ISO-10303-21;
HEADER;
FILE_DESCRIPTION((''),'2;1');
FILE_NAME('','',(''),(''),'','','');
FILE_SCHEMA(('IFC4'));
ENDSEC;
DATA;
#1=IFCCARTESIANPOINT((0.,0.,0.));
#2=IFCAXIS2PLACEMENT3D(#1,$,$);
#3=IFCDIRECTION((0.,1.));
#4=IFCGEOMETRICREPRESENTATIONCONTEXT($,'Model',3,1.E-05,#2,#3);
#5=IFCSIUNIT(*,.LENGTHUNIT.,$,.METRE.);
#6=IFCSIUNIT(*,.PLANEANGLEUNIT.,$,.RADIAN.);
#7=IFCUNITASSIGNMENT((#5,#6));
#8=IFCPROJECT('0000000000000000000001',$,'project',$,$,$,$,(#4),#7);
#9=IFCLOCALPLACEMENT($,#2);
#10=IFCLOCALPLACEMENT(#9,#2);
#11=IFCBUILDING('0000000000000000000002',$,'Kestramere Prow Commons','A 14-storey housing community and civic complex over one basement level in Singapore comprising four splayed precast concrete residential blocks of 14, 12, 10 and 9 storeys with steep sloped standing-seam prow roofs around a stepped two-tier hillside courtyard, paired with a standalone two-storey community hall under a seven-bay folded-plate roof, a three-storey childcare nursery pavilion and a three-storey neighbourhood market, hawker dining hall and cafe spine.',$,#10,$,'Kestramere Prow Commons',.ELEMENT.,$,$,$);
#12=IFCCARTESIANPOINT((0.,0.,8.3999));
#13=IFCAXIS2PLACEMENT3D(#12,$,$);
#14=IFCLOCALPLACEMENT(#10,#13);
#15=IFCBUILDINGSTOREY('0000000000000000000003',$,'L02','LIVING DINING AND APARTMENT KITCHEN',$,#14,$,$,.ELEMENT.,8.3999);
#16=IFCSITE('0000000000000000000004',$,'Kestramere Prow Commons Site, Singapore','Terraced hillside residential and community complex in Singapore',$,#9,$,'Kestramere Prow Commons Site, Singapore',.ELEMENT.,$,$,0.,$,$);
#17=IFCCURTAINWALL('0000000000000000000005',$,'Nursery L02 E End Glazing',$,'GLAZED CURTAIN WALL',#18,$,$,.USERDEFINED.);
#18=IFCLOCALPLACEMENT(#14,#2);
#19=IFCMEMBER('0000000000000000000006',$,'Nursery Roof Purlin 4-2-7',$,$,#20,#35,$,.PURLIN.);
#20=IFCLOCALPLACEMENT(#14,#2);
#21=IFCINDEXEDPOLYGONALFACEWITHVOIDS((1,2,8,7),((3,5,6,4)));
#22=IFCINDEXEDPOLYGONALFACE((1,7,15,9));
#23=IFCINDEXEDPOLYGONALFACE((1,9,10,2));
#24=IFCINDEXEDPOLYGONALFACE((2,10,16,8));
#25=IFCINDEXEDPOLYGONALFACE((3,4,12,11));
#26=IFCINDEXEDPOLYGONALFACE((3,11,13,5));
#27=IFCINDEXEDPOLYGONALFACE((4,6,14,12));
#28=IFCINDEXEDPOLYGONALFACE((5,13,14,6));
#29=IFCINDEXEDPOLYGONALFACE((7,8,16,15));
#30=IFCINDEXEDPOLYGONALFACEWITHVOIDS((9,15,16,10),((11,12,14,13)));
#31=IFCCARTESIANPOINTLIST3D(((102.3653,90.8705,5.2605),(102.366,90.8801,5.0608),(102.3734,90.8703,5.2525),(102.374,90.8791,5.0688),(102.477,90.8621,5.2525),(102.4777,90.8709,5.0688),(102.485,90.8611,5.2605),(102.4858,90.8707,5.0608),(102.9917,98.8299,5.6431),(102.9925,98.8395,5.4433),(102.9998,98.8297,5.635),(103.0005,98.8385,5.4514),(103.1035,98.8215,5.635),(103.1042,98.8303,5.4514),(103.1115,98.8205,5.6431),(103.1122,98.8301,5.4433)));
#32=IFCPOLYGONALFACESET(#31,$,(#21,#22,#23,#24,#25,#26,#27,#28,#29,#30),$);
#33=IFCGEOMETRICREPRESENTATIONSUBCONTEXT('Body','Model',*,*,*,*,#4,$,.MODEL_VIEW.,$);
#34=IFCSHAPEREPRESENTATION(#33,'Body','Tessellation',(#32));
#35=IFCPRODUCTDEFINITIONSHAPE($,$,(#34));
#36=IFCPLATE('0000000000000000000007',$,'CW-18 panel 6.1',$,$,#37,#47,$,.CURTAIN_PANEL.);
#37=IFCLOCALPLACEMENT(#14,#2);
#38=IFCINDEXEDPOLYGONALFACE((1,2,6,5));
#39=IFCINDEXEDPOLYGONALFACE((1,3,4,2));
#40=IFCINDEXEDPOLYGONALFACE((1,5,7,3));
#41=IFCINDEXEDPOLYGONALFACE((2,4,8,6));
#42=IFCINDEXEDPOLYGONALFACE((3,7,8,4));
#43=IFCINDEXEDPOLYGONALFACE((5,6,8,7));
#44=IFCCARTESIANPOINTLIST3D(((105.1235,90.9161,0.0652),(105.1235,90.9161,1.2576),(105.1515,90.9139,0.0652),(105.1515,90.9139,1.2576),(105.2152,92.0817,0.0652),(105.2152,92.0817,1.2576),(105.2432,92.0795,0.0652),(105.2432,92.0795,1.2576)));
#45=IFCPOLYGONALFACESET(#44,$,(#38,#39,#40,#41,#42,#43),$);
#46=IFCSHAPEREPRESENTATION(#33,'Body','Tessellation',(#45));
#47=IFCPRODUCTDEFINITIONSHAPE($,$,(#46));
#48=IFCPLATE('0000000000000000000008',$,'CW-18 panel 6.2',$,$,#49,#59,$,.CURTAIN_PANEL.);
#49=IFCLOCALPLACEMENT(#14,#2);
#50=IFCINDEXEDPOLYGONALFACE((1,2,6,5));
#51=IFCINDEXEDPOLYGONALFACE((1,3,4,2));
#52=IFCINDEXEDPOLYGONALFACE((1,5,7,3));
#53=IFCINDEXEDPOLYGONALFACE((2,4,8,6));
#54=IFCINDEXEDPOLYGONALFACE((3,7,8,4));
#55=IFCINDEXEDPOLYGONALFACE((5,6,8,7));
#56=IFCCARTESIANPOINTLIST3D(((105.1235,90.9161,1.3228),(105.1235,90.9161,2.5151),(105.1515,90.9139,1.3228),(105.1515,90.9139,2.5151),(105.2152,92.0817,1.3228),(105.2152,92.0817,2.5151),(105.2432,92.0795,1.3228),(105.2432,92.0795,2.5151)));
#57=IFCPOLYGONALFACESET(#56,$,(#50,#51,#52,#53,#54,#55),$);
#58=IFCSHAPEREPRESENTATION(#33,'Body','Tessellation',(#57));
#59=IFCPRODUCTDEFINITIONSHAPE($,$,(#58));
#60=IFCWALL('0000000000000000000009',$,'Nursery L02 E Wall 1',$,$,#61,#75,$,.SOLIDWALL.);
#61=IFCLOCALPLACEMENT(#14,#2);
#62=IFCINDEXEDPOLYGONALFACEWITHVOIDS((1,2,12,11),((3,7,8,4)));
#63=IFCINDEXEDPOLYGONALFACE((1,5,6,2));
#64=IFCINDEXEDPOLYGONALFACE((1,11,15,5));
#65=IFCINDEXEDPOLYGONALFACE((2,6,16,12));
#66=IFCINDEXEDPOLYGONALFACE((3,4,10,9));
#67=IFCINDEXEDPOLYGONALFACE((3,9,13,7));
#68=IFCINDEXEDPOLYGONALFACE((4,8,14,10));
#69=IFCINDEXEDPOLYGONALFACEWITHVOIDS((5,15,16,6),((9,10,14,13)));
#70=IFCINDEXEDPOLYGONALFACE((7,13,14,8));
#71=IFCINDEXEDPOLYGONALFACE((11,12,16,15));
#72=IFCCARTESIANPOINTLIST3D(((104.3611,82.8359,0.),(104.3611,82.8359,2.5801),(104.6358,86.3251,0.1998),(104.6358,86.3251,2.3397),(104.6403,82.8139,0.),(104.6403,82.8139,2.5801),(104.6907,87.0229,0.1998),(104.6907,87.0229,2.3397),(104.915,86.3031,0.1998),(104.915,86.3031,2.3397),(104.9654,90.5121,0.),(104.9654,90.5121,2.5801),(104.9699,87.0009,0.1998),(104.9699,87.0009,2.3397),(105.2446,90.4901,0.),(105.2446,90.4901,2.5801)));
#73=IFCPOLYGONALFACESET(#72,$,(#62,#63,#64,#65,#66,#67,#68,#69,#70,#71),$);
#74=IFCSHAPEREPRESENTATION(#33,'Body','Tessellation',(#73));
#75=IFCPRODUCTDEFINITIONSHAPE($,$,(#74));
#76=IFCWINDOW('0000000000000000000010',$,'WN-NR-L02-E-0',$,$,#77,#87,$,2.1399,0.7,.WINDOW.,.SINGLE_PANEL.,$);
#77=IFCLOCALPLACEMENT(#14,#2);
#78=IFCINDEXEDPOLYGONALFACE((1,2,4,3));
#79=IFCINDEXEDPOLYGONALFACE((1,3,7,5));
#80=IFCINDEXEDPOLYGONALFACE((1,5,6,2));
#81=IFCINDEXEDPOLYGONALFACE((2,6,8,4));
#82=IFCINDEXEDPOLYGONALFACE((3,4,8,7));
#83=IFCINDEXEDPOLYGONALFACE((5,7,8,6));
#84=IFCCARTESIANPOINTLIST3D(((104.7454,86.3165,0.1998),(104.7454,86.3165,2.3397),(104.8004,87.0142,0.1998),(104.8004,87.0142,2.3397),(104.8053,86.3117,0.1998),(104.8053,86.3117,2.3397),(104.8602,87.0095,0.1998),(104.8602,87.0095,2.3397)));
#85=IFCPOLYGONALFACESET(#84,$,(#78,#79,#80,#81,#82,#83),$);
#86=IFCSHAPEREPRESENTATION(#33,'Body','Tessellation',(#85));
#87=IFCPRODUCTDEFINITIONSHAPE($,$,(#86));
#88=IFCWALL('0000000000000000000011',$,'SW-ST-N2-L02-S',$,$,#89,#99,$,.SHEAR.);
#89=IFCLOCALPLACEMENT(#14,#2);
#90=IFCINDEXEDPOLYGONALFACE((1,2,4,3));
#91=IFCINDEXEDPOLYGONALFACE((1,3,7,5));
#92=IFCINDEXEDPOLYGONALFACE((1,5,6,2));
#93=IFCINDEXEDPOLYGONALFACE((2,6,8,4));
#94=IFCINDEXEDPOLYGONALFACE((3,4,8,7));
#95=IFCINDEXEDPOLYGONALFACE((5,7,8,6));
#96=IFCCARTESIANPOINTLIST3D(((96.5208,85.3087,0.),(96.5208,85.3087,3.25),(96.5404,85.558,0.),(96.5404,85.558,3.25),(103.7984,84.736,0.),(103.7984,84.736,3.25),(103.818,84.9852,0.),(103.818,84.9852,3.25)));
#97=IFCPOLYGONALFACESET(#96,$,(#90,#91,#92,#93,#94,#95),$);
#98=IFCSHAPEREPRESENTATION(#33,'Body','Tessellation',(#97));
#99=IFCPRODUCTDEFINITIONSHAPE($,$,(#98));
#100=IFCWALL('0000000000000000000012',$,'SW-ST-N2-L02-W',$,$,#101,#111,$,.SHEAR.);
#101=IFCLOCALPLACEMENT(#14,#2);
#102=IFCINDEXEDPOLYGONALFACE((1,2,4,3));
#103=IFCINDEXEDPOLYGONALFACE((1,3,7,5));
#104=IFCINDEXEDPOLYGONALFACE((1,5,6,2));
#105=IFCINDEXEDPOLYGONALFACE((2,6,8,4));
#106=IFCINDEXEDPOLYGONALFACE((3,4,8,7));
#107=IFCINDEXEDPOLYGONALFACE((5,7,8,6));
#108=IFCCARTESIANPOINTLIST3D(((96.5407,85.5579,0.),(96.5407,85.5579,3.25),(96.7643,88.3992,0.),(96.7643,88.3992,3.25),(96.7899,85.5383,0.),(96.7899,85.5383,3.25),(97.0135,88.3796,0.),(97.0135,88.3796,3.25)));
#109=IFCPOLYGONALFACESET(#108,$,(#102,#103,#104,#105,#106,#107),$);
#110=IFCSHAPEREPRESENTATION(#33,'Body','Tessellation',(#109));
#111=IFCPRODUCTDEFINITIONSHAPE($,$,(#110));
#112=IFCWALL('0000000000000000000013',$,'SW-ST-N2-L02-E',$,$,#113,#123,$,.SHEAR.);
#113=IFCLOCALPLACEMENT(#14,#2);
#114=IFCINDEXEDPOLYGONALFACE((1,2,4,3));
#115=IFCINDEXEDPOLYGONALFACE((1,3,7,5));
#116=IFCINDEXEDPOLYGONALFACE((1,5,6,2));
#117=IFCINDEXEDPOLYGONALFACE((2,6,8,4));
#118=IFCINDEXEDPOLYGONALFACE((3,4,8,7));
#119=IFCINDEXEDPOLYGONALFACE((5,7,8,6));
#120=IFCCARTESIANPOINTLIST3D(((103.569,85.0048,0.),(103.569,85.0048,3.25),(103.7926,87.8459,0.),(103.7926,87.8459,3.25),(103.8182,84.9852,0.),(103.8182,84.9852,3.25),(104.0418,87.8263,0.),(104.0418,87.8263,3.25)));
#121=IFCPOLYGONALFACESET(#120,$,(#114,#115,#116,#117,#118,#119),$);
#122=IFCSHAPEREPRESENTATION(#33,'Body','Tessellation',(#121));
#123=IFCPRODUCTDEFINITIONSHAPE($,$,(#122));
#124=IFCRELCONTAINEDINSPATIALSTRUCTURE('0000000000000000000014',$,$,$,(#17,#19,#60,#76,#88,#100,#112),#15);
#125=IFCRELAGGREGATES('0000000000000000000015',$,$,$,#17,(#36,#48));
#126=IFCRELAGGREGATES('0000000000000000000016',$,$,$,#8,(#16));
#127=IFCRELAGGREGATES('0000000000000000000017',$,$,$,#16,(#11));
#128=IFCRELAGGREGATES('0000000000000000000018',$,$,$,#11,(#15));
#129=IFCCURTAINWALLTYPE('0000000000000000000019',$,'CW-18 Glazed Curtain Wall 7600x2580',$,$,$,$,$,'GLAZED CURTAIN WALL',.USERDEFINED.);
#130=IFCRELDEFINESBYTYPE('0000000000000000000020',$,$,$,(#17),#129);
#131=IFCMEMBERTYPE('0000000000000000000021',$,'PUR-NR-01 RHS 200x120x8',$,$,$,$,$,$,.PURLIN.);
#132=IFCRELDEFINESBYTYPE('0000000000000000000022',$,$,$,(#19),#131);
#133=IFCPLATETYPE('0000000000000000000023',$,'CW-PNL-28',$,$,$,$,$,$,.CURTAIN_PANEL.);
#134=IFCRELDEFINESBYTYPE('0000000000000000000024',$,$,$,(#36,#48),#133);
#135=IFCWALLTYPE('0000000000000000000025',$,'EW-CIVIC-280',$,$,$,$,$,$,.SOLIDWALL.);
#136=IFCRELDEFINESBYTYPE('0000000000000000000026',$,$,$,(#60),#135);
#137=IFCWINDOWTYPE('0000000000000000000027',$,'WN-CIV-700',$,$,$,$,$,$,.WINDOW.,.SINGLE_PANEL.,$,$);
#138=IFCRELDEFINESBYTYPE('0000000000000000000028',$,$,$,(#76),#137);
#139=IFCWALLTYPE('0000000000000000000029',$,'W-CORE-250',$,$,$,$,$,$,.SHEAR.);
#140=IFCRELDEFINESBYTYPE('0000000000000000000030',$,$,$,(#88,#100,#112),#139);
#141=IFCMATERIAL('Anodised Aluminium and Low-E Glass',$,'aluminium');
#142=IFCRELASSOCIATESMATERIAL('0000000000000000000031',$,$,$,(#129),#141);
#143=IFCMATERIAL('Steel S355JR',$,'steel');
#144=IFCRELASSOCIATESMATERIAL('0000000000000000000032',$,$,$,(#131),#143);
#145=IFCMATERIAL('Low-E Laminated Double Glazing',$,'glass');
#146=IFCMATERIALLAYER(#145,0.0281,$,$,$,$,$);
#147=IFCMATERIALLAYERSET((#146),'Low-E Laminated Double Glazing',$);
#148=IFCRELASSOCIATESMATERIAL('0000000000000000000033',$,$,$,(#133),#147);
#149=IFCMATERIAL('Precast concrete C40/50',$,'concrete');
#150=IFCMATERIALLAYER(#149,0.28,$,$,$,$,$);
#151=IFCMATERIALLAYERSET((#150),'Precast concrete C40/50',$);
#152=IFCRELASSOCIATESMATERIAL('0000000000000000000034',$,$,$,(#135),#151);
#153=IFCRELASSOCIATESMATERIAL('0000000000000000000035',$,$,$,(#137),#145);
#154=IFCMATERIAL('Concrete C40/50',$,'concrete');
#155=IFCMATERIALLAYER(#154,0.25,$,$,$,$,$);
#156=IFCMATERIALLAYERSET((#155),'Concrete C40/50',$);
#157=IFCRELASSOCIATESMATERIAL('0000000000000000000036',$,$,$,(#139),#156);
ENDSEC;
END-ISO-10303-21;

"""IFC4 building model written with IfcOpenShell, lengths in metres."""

from ifc_helpers import new_model, si_unit, direction, frame, frame_2d, origin, origin_2d, place, context, subcontext, project, spatial, rectangle, hollow_rectangle, extrude, material, layer, layer_set, material_profile, profile_set, type_object, element, fill, aggregate, save


model = new_model("IFC4")

# Units and contexts
model_context = context("Model", 3, precision=1e-05, world=origin(), true_north=direction((0.0, 1.0)))
body_context = subcontext(model_context, "Body", "Model", "MODEL_VIEW")
ifc_project = project(units=[si_unit("LENGTHUNIT", "METRE"), si_unit("PLANEANGLEUNIT", "RADIAN")], contexts=[model_context])

# Site, building, storey
site_placement = place(None, origin())
site = spatial("IfcSite", under=ifc_project, at=site_placement, Name="Kestramere Prow Commons Site, Singapore", Description="Terraced hillside residential and community complex in Singapore", LongName="Kestramere Prow Commons Site, Singapore", CompositionType="ELEMENT", RefElevation=0.0)
building_placement = place(site_placement, origin())
building = spatial("IfcBuilding", under=site, at=building_placement, Name="Kestramere Prow Commons", Description="A 14-storey housing community and civic complex over one basement level in Singapore comprising four splayed precast concrete residential blocks of 14, 12, 10 and 9 storeys with steep sloped standing-seam prow roofs around a stepped two-tier hillside courtyard, paired with a standalone two-storey community hall under a seven-bay folded-plate roof, a three-storey childcare nursery pavilion and a three-storey neighbourhood market, hawker dining hall and cafe spine.", LongName="Kestramere Prow Commons", CompositionType="ELEMENT")
storey_placement = place(building_placement, frame((0.0, 0.0, 8.3999)))
storey = spatial("IfcBuildingStorey", under=building, at=storey_placement, Name="L02", Description="LIVING DINING AND APARTMENT KITCHEN", CompositionType="ELEMENT", Elevation=8.3999)

# Shared definitions
ifc_material_1 = material(Name="Steel S355JR", Category="steel")

# Curtain wall
ifc_material_2 = material(Name="Anodised Aluminium and Low-E Glass", Category="aluminium")
curtain_wall_type = type_object("IfcCurtainWallType", Name="CW-18 Glazed Curtain Wall 7600x2580", ElementType="GLAZED CURTAIN WALL", PredefinedType="USERDEFINED", material=ifc_material_2)
curtain_wall_placement = place(storey_placement, origin())
curtain_wall = element("IfcCurtainWall", 1, at=curtain_wall_placement, inside=storey, type_object=curtain_wall_type, Name="Nursery L02 E End Glazing", ObjectType="GLAZED CURTAIN WALL", PredefinedType="USERDEFINED")

# Member
ifc_material_profile_1 = material_profile(ifc_material_1, hollow_rectangle(XDim=0.1201, YDim=0.2, WallThickness=0.0081, at=origin_2d()), Name="RHS 200x120x8")
ifc_profile_set_1 = profile_set([ifc_material_profile_1], Name="Steel S355JR")
member_type_1 = type_object("IfcMemberType", Name="PUR-NR-01 RHS 200x120x8", PredefinedType="PURLIN", material=ifc_profile_set_1)
for number, where, z_axis, x_axis, name in (
    (2, (102.4255, 90.8706, 5.1606), (0.078374, 0.995774, 0.047861), (-0.996917, 0.078464, 0.0), "Nursery Roof Purlin 4-2-7"),
):
    element("IfcMember", number, at=place(storey_placement, frame(where, z_axis=z_axis, x_axis=x_axis)), inside=storey, type_object=member_type_1, Name=name, PredefinedType="PURLIN", context=body_context, shape_type="SweptSolid", body=[
        extrude(hollow_rectangle(XDim=0.1201, YDim=0.2, WallThickness=0.0081, at=origin_2d()), origin(), (0.0, 0.0, 1.0), 7.9932),
    ])

# Plates
ifc_material_3 = material(Name="Low-E Laminated Double Glazing", Category="glass")
ifc_layer_1 = layer(ifc_material_3, 0.0281)
ifc_layer_set_1 = layer_set([ifc_layer_1], Name="Low-E Laminated Double Glazing")
plate_type = type_object("IfcPlateType", Name="CW-PNL-28", PredefinedType="CURTAIN_PANEL", material=ifc_layer_set_1)
plate_1_placement = place(storey_placement, frame((105.1833, 91.4978, 0.0652), z_axis=(0.0, 0.0, 1.0), x_axis=(-0.078459, -0.996917, 0.0)))
plate_1 = element("IfcPlate", 3, at=plate_1_placement, type_object=plate_type, Name="CW-18 panel 6.1", PredefinedType="CURTAIN_PANEL", context=body_context, shape_type="SweptSolid", body=[
    extrude(rectangle(XDim=1.1692, YDim=0.0281, at=origin_2d()), origin(), (0.0, 0.0, 1.0), 1.1924),
])
plate_2_placement = place(storey_placement, frame((105.1833, 91.4978, 1.3228), z_axis=(0.0, 0.0, 1.0), x_axis=(-0.078459, -0.996917, 0.0)))
plate_2 = element("IfcPlate", 4, at=plate_2_placement, type_object=plate_type, Name="CW-18 panel 6.2", PredefinedType="CURTAIN_PANEL", context=body_context, shape_type="SweptSolid", body=[
    extrude(rectangle(XDim=1.1692, YDim=0.0281, at=origin_2d()), origin(), (0.0, 0.0, 1.0), 1.1924),
])
aggregate(curtain_wall, [plate_1, plate_2])

# Wall, opening, window
ifc_material_4 = material(Name="Precast concrete C40/50", Category="concrete")
ifc_layer_2 = layer(ifc_material_4, 0.28)
ifc_layer_set_2 = layer_set([ifc_layer_2], Name="Precast concrete C40/50")
wall_type_1 = type_object("IfcWallType", Name="EW-CIVIC-280", PredefinedType="SOLIDWALL", material=ifc_layer_set_2)
wall_1_placement = place(storey_placement, frame((105.105, 90.5012, 0.0), z_axis=(0.0, 0.0, 1.0), x_axis=(-0.078474, -0.996916, 0.0)))
wall_1 = element("IfcWall", 5, at=wall_1_placement, inside=storey, type_object=wall_type_1, Name="Nursery L02 E Wall 1", PredefinedType="SOLIDWALL", context=body_context, shape_type="SweptSolid", body=[
    extrude(rectangle(XDim=7.7, YDim=0.28, at=frame_2d((3.8501, 0.0))), origin(), (0.0, 0.0, 1.0), 2.5801),
])
opening_1_placement = place(wall_1_placement, frame((3.5, 0.0, 0.2)))
opening_1 = element("IfcOpeningElement", 6, at=opening_1_placement, cuts=wall_1, PredefinedType="OPENING", context=body_context, shape_type="SweptSolid", body=[
    extrude(rectangle(XDim=0.7, YDim=2.1399, at=frame_2d((0.3501, 1.0698))), frame((0.0, 0.155, 0.0), z_axis=(0.0, -1.0, 0.0), x_axis=(1.0, 0.0, 0.0)), (0.0, 0.0, 1.0), 0.3101),
])
window_type = type_object("IfcWindowType", Name="WN-CIV-700", PartitioningType="SINGLE_PANEL", PredefinedType="WINDOW", material=ifc_material_3)
window_placement = place(opening_1_placement, origin())
window = element("IfcWindow", 7, at=window_placement, inside=storey, type_object=window_type, Name="WN-NR-L02-E-0", OverallHeight=2.1399, OverallWidth=0.7, PartitioningType="SINGLE_PANEL", PredefinedType="WINDOW", context=body_context, shape_type="SweptSolid", body=[
    extrude(rectangle(XDim=0.7, YDim=2.1399, at=frame_2d((0.3501, 1.0698))), frame((0.0, 0.03, 0.0), z_axis=(0.0, -1.0, 0.0), x_axis=(1.0, 0.0, 0.0)), (0.0, 0.0, 1.0), 0.0601),
])
fill(opening_1, window)

# Shared definitions
ifc_material_5 = material(Name="Concrete C40/50", Category="concrete")
ifc_layer_3 = layer(ifc_material_5, 0.25)
ifc_layer_set_3 = layer_set([ifc_layer_3], Name="Concrete C40/50")
wall_type_2 = type_object("IfcWallType", Name="W-CORE-250", PredefinedType="SHEAR", material=ifc_layer_set_3)

# Walls
wall_2_placement = place(storey_placement, frame((96.5308, 85.4333, 0.0), z_axis=(0.0, 0.0, 1.0), x_axis=(0.996917, -0.078458, 0.0)))
element("IfcWall", 8, at=wall_2_placement, inside=storey, type_object=wall_type_2, Name="SW-ST-N2-L02-S", PredefinedType="SHEAR", context=body_context, shape_type="SweptSolid", body=[
    extrude(rectangle(XDim=7.3, YDim=0.25, at=frame_2d((3.6499, 0.0))), origin(), (0.0, 0.0, 1.0), 3.25),
])
wall_3_placement = place(storey_placement, frame((96.6653, 85.5481, 0.0), z_axis=(0.0, 0.0, 1.0), x_axis=(0.078465, 0.996917, 0.0)))
element("IfcWall", 9, at=wall_3_placement, inside=storey, type_object=wall_type_2, Name="SW-ST-N2-L02-W", PredefinedType="SHEAR", context=body_context, shape_type="SweptSolid", body=[
    extrude(rectangle(XDim=2.8501, YDim=0.25, at=frame_2d((1.425, 0.0))), origin(), (0.0, 0.0, 1.0), 3.25),
])
wall_4_placement = place(storey_placement, frame((103.6936, 84.9951, 0.0), z_axis=(0.0, 0.0, 1.0), x_axis=(0.078472, 0.996916, 0.0)))
element("IfcWall", 10, at=wall_4_placement, inside=storey, type_object=wall_type_2, Name="SW-ST-N2-L02-E", PredefinedType="SHEAR", context=body_context, shape_type="SweptSolid", body=[
    extrude(rectangle(XDim=2.8499, YDim=0.25, at=frame_2d((1.4248, 0.0))), origin(), (0.0, 0.0, 1.0), 3.25),
])

save(model, "model.ifc")
